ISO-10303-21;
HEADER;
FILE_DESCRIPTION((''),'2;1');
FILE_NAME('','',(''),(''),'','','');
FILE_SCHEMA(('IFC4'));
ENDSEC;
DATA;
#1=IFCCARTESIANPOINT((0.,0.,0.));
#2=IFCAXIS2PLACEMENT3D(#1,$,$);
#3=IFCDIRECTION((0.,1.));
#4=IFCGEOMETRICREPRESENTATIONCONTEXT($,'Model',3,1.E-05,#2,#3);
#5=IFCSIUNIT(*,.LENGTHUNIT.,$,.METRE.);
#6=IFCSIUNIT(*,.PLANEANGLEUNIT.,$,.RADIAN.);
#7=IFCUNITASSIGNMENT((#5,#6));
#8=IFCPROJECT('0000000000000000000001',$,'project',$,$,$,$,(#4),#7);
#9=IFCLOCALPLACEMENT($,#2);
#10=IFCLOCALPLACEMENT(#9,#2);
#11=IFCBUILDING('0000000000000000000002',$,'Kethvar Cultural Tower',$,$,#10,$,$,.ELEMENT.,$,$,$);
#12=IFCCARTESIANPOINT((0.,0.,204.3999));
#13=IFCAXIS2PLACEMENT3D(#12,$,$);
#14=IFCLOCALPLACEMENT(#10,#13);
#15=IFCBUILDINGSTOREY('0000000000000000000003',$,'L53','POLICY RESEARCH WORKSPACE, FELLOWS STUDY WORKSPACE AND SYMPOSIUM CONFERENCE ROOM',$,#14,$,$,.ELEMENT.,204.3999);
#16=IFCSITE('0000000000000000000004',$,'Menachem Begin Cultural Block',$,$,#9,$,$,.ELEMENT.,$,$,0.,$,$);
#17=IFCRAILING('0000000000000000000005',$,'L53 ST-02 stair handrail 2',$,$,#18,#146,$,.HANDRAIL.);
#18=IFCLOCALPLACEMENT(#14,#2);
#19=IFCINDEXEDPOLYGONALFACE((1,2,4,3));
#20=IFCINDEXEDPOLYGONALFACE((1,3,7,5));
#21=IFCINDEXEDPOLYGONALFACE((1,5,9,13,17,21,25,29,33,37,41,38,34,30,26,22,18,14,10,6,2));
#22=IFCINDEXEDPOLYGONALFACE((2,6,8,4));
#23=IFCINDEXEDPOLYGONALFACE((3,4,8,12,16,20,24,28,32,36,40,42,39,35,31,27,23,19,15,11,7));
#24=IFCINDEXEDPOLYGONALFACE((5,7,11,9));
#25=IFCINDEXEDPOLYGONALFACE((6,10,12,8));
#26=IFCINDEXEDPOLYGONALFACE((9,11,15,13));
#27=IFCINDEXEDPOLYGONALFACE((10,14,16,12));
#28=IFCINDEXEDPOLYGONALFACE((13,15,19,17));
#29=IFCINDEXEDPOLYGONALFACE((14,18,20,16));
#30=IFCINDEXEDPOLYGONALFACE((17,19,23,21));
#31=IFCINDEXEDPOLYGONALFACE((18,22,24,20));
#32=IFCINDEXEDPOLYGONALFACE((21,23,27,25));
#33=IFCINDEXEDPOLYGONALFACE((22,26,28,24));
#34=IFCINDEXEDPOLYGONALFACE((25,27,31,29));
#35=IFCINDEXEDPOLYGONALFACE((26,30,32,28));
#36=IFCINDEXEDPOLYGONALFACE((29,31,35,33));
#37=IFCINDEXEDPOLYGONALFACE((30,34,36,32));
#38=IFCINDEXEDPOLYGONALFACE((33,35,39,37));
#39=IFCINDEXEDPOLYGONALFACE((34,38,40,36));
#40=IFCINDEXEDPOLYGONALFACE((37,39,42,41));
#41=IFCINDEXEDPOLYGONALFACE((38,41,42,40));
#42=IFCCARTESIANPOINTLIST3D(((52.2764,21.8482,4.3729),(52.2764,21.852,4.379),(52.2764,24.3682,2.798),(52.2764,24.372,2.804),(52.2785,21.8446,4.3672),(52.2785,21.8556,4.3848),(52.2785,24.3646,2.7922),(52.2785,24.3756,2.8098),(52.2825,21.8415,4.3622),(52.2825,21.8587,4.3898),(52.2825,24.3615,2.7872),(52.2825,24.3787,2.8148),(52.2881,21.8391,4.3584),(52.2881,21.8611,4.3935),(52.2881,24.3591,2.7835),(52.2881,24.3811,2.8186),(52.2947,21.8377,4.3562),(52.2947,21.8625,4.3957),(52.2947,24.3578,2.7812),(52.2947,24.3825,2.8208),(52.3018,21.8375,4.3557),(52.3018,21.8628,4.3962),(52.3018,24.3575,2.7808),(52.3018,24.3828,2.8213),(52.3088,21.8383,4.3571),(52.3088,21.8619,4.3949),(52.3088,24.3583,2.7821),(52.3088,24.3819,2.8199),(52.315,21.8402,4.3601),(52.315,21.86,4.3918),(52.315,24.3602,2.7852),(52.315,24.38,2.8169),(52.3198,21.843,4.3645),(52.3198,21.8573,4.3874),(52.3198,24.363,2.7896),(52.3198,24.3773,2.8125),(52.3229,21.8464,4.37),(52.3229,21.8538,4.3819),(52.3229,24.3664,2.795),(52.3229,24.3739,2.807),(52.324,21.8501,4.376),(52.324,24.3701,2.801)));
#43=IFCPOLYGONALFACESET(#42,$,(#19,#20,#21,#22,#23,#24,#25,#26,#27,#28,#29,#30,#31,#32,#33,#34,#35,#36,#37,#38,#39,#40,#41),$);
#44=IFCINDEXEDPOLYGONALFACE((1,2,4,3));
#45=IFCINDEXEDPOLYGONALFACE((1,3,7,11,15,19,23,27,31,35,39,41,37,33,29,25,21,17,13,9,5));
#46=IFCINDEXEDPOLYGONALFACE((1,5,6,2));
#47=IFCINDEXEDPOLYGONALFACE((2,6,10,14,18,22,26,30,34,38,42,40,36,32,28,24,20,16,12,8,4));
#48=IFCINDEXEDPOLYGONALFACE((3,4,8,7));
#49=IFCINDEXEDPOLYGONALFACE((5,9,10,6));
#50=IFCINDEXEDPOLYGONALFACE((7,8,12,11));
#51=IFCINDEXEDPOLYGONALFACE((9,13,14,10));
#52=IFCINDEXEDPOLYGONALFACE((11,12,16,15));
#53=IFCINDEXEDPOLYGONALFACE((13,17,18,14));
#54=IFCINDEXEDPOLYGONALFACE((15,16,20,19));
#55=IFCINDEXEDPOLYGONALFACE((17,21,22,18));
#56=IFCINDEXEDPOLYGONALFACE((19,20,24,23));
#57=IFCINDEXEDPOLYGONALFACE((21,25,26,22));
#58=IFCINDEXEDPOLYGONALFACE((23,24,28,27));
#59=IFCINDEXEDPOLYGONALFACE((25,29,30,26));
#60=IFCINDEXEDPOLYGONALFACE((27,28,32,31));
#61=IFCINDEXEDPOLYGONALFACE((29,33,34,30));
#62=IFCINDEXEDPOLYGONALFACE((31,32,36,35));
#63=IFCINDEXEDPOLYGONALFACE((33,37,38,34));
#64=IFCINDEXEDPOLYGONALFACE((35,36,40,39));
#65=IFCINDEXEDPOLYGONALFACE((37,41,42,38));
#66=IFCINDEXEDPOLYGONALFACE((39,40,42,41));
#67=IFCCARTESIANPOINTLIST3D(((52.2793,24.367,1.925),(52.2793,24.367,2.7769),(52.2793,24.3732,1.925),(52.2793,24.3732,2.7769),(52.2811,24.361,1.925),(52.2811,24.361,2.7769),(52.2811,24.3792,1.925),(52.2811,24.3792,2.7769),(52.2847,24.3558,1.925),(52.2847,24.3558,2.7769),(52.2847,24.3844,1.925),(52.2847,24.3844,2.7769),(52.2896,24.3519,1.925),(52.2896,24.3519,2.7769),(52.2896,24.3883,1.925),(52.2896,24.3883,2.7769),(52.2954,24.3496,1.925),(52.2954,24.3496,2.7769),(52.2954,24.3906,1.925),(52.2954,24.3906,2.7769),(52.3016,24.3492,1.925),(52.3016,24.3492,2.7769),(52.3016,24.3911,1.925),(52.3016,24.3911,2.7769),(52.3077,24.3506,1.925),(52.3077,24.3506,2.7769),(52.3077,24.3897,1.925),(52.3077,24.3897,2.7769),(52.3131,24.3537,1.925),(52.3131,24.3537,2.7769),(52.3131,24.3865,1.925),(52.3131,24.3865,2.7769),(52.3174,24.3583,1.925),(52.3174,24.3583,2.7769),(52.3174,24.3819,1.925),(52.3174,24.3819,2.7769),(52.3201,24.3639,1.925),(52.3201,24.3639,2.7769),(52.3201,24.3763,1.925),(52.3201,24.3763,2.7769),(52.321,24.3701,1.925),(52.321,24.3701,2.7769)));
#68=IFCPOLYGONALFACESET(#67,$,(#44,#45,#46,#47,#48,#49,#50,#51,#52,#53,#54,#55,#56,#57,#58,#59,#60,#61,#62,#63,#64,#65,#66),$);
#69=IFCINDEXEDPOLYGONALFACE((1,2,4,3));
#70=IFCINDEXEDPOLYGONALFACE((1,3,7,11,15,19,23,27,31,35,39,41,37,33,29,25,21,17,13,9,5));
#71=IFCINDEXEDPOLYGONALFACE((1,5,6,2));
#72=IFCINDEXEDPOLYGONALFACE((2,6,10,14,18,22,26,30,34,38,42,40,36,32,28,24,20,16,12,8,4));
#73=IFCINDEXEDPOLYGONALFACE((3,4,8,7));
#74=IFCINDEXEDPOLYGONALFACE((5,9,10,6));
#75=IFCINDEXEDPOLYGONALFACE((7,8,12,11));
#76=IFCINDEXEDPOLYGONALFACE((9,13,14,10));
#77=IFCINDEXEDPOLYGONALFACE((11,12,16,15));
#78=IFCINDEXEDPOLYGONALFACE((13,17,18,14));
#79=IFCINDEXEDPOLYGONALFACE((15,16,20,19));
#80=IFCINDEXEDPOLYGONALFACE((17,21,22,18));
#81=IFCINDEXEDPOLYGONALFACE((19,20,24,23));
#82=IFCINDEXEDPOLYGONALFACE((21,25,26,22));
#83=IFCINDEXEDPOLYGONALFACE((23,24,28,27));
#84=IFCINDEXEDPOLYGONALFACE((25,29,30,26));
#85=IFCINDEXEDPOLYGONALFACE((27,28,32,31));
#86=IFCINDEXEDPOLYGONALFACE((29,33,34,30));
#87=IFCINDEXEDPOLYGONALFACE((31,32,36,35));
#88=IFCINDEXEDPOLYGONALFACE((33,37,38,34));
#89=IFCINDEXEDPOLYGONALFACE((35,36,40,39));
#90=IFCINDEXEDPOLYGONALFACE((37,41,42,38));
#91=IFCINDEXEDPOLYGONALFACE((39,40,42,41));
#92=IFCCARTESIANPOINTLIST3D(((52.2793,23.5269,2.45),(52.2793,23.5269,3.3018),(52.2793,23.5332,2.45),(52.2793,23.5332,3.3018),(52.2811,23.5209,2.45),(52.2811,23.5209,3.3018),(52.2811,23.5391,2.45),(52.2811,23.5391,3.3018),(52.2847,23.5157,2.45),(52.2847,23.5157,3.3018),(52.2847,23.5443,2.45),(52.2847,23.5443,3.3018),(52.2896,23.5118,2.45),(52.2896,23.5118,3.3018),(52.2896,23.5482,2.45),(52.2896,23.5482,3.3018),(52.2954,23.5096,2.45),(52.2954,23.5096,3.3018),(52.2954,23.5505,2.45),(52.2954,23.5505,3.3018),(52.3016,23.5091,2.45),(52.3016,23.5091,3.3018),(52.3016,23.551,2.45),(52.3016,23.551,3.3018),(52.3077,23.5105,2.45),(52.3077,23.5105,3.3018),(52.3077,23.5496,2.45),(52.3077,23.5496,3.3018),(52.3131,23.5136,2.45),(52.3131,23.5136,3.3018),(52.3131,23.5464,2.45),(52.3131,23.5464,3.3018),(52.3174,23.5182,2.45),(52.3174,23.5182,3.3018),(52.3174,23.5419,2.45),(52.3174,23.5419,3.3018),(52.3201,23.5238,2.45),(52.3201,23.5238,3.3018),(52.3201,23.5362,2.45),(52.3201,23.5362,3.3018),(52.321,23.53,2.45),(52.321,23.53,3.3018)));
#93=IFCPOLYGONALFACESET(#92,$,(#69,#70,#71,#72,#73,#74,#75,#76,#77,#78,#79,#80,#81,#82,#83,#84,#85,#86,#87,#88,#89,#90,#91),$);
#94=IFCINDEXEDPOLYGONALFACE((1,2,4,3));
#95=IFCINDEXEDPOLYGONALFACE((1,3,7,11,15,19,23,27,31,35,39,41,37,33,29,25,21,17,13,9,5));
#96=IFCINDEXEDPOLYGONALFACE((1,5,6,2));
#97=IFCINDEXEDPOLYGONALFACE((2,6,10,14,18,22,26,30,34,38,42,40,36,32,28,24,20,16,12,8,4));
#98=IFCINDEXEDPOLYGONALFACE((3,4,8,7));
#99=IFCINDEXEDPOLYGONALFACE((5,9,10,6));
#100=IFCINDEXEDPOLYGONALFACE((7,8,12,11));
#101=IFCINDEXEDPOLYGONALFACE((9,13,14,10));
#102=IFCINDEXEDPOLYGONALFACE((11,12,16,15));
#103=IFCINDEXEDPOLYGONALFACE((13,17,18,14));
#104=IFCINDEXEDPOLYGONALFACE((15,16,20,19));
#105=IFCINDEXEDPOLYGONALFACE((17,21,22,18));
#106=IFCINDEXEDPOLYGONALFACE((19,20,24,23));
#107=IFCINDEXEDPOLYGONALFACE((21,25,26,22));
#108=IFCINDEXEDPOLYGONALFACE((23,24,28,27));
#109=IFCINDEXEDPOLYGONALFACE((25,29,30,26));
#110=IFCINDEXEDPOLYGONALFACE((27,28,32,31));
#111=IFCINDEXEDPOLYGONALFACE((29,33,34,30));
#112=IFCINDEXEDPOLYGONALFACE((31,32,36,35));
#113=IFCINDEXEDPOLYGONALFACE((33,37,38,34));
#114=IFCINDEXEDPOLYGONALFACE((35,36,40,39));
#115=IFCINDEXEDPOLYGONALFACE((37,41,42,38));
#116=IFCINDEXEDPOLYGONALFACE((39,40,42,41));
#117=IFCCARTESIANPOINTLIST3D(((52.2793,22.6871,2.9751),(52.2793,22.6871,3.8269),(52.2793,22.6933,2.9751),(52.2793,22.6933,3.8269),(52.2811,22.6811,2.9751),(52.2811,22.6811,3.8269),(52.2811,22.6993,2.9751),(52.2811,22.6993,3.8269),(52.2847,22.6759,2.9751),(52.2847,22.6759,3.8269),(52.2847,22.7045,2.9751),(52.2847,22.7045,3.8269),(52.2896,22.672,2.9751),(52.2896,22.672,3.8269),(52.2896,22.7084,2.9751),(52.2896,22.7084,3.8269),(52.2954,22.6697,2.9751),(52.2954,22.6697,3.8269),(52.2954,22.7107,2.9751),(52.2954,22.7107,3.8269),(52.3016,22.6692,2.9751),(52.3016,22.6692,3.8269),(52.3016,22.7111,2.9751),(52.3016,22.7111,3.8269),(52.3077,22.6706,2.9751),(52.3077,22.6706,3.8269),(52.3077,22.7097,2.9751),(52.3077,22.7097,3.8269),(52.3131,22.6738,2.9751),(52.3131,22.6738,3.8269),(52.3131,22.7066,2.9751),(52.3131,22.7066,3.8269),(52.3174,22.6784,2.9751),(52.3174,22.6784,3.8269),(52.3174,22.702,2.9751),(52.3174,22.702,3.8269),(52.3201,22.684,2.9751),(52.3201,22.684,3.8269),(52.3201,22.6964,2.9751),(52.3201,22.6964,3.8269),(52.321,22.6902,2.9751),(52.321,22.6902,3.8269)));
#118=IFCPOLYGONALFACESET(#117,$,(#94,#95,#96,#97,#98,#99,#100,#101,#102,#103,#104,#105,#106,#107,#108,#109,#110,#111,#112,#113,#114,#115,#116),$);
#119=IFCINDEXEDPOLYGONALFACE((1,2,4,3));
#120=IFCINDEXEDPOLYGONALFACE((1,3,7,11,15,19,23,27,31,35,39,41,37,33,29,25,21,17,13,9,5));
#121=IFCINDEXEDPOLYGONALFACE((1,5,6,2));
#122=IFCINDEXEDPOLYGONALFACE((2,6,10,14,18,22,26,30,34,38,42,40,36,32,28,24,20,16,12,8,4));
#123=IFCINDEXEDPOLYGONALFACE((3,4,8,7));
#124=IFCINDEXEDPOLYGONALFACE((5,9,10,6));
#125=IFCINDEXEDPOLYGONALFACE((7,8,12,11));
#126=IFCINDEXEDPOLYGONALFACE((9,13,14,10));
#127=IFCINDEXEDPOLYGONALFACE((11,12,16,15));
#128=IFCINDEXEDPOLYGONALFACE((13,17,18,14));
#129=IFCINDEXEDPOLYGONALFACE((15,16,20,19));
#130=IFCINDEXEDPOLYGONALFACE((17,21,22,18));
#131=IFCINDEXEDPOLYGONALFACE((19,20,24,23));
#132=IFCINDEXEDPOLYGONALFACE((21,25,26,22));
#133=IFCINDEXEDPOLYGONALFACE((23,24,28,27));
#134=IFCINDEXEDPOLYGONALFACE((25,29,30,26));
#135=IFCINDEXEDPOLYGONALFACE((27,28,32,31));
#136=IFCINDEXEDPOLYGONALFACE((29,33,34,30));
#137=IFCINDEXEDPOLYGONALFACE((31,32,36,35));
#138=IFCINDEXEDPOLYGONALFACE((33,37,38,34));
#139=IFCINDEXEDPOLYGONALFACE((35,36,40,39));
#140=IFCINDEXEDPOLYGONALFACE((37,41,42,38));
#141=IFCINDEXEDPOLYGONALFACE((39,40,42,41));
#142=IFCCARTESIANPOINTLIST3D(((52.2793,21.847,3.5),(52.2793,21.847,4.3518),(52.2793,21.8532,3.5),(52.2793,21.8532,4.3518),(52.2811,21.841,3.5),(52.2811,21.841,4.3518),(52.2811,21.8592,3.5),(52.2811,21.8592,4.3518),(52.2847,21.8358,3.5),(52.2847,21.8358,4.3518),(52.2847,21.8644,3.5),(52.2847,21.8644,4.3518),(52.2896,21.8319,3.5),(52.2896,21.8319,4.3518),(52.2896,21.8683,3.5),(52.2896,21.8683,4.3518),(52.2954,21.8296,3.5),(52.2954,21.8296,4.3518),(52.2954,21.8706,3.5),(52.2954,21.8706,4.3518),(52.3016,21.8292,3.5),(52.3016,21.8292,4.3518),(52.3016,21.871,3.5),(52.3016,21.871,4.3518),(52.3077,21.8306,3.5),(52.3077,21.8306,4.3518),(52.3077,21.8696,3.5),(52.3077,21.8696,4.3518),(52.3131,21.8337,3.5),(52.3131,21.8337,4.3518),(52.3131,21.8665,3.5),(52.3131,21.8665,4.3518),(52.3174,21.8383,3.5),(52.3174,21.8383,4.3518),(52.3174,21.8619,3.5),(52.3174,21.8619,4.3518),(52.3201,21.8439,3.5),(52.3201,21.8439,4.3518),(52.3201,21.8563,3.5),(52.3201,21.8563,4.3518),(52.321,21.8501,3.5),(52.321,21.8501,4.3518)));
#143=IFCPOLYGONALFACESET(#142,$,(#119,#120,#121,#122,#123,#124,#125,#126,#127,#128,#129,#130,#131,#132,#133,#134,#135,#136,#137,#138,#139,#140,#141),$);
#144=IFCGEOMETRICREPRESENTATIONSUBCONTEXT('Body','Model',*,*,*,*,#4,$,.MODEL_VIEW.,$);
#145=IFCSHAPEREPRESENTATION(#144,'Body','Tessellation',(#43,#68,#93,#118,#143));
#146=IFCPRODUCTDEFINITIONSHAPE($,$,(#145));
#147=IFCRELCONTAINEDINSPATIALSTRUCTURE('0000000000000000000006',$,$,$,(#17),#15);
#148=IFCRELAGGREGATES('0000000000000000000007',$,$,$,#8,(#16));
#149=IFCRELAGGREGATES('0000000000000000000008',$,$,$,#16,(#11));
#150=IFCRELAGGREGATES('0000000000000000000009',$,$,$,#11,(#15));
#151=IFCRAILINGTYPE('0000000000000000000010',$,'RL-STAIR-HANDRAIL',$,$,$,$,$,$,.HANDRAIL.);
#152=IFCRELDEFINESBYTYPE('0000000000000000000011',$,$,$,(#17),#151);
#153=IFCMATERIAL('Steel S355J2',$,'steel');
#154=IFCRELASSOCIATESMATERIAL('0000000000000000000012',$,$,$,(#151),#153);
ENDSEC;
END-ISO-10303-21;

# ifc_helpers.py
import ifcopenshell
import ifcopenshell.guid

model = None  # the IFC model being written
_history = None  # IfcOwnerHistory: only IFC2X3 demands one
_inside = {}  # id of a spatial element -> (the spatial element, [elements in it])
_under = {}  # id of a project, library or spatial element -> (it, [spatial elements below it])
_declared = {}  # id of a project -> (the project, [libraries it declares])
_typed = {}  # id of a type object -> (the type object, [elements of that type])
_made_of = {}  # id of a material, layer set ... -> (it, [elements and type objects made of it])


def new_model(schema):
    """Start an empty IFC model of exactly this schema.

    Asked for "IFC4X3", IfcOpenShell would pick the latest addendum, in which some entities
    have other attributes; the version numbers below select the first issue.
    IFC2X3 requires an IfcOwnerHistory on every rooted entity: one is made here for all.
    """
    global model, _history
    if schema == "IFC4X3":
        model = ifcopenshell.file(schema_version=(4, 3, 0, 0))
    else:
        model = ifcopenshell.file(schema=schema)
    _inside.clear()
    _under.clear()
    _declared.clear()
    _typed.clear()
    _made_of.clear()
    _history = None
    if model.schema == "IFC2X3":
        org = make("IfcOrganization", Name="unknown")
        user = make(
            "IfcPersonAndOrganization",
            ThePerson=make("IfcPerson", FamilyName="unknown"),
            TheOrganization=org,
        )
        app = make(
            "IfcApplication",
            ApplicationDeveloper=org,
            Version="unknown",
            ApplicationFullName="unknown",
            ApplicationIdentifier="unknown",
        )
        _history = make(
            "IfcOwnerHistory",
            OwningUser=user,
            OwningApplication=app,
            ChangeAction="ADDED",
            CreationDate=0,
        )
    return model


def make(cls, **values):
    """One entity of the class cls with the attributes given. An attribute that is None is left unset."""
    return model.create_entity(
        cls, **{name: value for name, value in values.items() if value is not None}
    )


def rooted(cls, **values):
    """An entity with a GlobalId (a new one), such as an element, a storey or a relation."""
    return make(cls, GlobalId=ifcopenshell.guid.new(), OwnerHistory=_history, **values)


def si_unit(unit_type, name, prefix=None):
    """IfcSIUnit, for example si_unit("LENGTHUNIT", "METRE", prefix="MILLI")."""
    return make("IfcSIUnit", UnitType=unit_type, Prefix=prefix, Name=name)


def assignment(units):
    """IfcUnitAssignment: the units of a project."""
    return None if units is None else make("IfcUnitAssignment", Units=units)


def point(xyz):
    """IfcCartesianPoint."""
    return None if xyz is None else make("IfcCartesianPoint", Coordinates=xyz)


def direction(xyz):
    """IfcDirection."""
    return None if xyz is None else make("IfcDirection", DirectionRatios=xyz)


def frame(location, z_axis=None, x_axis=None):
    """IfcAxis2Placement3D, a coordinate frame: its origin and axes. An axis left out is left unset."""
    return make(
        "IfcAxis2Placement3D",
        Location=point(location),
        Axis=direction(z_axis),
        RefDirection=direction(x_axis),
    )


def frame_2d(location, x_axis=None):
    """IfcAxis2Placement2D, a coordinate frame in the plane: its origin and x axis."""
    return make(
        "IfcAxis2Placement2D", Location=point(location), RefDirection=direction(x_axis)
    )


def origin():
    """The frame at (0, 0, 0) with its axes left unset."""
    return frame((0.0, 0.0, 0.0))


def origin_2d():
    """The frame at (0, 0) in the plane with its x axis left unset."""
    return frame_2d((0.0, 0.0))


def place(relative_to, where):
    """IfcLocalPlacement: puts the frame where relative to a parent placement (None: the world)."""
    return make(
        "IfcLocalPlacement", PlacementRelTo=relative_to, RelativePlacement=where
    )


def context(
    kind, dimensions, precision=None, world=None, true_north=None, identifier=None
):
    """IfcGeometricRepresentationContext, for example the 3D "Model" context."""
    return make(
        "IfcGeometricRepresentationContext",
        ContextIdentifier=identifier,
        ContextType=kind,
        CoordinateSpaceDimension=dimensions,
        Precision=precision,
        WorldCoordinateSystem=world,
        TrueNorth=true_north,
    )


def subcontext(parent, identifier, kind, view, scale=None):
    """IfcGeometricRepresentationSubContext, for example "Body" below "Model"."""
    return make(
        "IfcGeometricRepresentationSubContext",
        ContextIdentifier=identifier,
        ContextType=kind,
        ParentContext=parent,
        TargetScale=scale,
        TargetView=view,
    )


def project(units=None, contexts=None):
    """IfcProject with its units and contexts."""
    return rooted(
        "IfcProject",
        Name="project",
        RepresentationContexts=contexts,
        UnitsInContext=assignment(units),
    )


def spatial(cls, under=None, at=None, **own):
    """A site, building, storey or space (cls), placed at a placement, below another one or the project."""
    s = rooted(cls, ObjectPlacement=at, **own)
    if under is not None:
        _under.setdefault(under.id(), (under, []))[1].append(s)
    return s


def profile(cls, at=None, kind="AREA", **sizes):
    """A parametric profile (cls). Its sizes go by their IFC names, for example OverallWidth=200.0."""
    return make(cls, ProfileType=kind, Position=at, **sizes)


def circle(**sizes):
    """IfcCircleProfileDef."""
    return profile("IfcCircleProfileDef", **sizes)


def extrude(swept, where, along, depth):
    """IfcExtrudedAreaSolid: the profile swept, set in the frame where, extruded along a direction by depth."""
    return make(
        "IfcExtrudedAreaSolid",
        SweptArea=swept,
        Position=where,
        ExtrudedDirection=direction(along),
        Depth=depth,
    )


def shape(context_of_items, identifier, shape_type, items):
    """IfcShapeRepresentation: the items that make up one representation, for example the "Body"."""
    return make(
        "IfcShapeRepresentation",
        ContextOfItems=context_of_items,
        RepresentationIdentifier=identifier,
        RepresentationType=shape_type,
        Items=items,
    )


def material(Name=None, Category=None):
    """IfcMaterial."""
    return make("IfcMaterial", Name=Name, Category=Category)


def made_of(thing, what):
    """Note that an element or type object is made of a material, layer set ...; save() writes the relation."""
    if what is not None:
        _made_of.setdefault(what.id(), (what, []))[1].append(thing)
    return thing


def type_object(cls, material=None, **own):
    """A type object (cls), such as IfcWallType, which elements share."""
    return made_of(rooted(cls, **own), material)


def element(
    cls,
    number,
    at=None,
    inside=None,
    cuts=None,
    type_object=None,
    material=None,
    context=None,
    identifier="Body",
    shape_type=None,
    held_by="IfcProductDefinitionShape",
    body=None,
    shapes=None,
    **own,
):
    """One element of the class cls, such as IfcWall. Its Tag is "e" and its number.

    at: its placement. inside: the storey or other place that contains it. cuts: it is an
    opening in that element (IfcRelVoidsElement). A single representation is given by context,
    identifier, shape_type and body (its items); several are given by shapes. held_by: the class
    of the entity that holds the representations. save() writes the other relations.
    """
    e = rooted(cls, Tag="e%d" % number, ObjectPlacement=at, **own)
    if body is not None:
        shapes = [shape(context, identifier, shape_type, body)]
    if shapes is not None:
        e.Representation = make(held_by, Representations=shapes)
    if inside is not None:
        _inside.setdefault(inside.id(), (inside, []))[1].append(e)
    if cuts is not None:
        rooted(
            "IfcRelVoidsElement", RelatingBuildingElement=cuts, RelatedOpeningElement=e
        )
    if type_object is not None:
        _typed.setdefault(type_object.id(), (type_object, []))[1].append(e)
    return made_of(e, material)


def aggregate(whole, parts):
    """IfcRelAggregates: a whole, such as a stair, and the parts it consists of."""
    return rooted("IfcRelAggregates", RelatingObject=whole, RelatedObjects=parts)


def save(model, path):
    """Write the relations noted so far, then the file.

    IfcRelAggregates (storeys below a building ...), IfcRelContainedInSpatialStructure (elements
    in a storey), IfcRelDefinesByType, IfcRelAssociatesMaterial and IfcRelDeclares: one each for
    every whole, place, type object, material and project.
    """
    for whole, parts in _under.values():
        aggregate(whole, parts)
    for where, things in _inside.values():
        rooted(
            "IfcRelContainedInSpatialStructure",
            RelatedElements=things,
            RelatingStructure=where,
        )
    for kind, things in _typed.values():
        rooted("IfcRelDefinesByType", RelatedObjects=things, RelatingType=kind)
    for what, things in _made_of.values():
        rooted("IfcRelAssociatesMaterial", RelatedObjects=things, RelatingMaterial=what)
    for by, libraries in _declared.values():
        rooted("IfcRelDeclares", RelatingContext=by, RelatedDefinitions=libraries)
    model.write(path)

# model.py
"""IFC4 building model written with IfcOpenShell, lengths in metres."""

from ifc_helpers import new_model, si_unit, direction, frame, origin, origin_2d, place, context, subcontext, project, spatial, circle, extrude, material, type_object, element, save


model = new_model("IFC4")

# Units and contexts
model_context = context("Model", 3, precision=1e-05, world=origin(), true_north=direction((0.0, 1.0)))
body_context = subcontext(model_context, "Body", "Model", "MODEL_VIEW")
ifc_project = project(units=[si_unit("LENGTHUNIT", "METRE"), si_unit("PLANEANGLEUNIT", "RADIAN")], contexts=[model_context])

# Site, building, storey
site_placement = place(None, origin())
site = spatial("IfcSite", under=ifc_project, at=site_placement, Name="Menachem Begin Cultural Block", CompositionType="ELEMENT", RefElevation=0.0)
building_placement = place(site_placement, origin())
building = spatial("IfcBuilding", under=site, at=building_placement, Name="Kethvar Cultural Tower", CompositionType="ELEMENT")
storey_placement = place(building_placement, frame((0.0, 0.0, 204.3999)))
storey = spatial("IfcBuildingStorey", under=building, at=storey_placement, Name="L53", Description="POLICY RESEARCH WORKSPACE, FELLOWS STUDY WORKSPACE AND SYMPOSIUM CONFERENCE ROOM", CompositionType="ELEMENT", Elevation=204.3999)

# Shared definitions
ifc_material_1 = material(Name="Steel S355J2", Category="steel")

# Railing
railing_type_1 = type_object("IfcRailingType", Name="RL-STAIR-HANDRAIL", PredefinedType="HANDRAIL", material=ifc_material_1)
railing_1_placement = place(storey_placement, frame((52.3, 24.3701, 1.925)))
element("IfcRailing", 1, at=railing_1_placement, inside=storey, type_object=railing_type_1, Name="L53 ST-02 stair handrail 2", PredefinedType="HANDRAIL", context=body_context, shape_type="SweptSolid", body=[
    extrude(circle(Radius=0.0239, at=origin_2d()), frame((0.0, 0.0, 0.876), z_axis=(0.0, -0.848008, 0.529984), x_axis=(1.0, 0.0, 0.0)), (0.0, 0.0, 1.0), 2.9717),
    extrude(circle(Radius=0.021, at=origin_2d()), origin(), (0.0, 0.0, 1.0), 0.8518),
    extrude(circle(Radius=0.021, at=origin_2d()), frame((0.0, -0.8401, 0.5249)), (0.0, 0.0, 1.0), 0.8518),
    extrude(circle(Radius=0.021, at=origin_2d()), frame((0.0, -1.6799, 1.05)), (0.0, 0.0, 1.0), 0.8518),
    extrude(circle(Radius=0.021, at=origin_2d()), frame((0.0, -2.52, 1.575)), (0.0, 0.0, 1.0), 0.8518),
])

save(model, "model.ifc")
